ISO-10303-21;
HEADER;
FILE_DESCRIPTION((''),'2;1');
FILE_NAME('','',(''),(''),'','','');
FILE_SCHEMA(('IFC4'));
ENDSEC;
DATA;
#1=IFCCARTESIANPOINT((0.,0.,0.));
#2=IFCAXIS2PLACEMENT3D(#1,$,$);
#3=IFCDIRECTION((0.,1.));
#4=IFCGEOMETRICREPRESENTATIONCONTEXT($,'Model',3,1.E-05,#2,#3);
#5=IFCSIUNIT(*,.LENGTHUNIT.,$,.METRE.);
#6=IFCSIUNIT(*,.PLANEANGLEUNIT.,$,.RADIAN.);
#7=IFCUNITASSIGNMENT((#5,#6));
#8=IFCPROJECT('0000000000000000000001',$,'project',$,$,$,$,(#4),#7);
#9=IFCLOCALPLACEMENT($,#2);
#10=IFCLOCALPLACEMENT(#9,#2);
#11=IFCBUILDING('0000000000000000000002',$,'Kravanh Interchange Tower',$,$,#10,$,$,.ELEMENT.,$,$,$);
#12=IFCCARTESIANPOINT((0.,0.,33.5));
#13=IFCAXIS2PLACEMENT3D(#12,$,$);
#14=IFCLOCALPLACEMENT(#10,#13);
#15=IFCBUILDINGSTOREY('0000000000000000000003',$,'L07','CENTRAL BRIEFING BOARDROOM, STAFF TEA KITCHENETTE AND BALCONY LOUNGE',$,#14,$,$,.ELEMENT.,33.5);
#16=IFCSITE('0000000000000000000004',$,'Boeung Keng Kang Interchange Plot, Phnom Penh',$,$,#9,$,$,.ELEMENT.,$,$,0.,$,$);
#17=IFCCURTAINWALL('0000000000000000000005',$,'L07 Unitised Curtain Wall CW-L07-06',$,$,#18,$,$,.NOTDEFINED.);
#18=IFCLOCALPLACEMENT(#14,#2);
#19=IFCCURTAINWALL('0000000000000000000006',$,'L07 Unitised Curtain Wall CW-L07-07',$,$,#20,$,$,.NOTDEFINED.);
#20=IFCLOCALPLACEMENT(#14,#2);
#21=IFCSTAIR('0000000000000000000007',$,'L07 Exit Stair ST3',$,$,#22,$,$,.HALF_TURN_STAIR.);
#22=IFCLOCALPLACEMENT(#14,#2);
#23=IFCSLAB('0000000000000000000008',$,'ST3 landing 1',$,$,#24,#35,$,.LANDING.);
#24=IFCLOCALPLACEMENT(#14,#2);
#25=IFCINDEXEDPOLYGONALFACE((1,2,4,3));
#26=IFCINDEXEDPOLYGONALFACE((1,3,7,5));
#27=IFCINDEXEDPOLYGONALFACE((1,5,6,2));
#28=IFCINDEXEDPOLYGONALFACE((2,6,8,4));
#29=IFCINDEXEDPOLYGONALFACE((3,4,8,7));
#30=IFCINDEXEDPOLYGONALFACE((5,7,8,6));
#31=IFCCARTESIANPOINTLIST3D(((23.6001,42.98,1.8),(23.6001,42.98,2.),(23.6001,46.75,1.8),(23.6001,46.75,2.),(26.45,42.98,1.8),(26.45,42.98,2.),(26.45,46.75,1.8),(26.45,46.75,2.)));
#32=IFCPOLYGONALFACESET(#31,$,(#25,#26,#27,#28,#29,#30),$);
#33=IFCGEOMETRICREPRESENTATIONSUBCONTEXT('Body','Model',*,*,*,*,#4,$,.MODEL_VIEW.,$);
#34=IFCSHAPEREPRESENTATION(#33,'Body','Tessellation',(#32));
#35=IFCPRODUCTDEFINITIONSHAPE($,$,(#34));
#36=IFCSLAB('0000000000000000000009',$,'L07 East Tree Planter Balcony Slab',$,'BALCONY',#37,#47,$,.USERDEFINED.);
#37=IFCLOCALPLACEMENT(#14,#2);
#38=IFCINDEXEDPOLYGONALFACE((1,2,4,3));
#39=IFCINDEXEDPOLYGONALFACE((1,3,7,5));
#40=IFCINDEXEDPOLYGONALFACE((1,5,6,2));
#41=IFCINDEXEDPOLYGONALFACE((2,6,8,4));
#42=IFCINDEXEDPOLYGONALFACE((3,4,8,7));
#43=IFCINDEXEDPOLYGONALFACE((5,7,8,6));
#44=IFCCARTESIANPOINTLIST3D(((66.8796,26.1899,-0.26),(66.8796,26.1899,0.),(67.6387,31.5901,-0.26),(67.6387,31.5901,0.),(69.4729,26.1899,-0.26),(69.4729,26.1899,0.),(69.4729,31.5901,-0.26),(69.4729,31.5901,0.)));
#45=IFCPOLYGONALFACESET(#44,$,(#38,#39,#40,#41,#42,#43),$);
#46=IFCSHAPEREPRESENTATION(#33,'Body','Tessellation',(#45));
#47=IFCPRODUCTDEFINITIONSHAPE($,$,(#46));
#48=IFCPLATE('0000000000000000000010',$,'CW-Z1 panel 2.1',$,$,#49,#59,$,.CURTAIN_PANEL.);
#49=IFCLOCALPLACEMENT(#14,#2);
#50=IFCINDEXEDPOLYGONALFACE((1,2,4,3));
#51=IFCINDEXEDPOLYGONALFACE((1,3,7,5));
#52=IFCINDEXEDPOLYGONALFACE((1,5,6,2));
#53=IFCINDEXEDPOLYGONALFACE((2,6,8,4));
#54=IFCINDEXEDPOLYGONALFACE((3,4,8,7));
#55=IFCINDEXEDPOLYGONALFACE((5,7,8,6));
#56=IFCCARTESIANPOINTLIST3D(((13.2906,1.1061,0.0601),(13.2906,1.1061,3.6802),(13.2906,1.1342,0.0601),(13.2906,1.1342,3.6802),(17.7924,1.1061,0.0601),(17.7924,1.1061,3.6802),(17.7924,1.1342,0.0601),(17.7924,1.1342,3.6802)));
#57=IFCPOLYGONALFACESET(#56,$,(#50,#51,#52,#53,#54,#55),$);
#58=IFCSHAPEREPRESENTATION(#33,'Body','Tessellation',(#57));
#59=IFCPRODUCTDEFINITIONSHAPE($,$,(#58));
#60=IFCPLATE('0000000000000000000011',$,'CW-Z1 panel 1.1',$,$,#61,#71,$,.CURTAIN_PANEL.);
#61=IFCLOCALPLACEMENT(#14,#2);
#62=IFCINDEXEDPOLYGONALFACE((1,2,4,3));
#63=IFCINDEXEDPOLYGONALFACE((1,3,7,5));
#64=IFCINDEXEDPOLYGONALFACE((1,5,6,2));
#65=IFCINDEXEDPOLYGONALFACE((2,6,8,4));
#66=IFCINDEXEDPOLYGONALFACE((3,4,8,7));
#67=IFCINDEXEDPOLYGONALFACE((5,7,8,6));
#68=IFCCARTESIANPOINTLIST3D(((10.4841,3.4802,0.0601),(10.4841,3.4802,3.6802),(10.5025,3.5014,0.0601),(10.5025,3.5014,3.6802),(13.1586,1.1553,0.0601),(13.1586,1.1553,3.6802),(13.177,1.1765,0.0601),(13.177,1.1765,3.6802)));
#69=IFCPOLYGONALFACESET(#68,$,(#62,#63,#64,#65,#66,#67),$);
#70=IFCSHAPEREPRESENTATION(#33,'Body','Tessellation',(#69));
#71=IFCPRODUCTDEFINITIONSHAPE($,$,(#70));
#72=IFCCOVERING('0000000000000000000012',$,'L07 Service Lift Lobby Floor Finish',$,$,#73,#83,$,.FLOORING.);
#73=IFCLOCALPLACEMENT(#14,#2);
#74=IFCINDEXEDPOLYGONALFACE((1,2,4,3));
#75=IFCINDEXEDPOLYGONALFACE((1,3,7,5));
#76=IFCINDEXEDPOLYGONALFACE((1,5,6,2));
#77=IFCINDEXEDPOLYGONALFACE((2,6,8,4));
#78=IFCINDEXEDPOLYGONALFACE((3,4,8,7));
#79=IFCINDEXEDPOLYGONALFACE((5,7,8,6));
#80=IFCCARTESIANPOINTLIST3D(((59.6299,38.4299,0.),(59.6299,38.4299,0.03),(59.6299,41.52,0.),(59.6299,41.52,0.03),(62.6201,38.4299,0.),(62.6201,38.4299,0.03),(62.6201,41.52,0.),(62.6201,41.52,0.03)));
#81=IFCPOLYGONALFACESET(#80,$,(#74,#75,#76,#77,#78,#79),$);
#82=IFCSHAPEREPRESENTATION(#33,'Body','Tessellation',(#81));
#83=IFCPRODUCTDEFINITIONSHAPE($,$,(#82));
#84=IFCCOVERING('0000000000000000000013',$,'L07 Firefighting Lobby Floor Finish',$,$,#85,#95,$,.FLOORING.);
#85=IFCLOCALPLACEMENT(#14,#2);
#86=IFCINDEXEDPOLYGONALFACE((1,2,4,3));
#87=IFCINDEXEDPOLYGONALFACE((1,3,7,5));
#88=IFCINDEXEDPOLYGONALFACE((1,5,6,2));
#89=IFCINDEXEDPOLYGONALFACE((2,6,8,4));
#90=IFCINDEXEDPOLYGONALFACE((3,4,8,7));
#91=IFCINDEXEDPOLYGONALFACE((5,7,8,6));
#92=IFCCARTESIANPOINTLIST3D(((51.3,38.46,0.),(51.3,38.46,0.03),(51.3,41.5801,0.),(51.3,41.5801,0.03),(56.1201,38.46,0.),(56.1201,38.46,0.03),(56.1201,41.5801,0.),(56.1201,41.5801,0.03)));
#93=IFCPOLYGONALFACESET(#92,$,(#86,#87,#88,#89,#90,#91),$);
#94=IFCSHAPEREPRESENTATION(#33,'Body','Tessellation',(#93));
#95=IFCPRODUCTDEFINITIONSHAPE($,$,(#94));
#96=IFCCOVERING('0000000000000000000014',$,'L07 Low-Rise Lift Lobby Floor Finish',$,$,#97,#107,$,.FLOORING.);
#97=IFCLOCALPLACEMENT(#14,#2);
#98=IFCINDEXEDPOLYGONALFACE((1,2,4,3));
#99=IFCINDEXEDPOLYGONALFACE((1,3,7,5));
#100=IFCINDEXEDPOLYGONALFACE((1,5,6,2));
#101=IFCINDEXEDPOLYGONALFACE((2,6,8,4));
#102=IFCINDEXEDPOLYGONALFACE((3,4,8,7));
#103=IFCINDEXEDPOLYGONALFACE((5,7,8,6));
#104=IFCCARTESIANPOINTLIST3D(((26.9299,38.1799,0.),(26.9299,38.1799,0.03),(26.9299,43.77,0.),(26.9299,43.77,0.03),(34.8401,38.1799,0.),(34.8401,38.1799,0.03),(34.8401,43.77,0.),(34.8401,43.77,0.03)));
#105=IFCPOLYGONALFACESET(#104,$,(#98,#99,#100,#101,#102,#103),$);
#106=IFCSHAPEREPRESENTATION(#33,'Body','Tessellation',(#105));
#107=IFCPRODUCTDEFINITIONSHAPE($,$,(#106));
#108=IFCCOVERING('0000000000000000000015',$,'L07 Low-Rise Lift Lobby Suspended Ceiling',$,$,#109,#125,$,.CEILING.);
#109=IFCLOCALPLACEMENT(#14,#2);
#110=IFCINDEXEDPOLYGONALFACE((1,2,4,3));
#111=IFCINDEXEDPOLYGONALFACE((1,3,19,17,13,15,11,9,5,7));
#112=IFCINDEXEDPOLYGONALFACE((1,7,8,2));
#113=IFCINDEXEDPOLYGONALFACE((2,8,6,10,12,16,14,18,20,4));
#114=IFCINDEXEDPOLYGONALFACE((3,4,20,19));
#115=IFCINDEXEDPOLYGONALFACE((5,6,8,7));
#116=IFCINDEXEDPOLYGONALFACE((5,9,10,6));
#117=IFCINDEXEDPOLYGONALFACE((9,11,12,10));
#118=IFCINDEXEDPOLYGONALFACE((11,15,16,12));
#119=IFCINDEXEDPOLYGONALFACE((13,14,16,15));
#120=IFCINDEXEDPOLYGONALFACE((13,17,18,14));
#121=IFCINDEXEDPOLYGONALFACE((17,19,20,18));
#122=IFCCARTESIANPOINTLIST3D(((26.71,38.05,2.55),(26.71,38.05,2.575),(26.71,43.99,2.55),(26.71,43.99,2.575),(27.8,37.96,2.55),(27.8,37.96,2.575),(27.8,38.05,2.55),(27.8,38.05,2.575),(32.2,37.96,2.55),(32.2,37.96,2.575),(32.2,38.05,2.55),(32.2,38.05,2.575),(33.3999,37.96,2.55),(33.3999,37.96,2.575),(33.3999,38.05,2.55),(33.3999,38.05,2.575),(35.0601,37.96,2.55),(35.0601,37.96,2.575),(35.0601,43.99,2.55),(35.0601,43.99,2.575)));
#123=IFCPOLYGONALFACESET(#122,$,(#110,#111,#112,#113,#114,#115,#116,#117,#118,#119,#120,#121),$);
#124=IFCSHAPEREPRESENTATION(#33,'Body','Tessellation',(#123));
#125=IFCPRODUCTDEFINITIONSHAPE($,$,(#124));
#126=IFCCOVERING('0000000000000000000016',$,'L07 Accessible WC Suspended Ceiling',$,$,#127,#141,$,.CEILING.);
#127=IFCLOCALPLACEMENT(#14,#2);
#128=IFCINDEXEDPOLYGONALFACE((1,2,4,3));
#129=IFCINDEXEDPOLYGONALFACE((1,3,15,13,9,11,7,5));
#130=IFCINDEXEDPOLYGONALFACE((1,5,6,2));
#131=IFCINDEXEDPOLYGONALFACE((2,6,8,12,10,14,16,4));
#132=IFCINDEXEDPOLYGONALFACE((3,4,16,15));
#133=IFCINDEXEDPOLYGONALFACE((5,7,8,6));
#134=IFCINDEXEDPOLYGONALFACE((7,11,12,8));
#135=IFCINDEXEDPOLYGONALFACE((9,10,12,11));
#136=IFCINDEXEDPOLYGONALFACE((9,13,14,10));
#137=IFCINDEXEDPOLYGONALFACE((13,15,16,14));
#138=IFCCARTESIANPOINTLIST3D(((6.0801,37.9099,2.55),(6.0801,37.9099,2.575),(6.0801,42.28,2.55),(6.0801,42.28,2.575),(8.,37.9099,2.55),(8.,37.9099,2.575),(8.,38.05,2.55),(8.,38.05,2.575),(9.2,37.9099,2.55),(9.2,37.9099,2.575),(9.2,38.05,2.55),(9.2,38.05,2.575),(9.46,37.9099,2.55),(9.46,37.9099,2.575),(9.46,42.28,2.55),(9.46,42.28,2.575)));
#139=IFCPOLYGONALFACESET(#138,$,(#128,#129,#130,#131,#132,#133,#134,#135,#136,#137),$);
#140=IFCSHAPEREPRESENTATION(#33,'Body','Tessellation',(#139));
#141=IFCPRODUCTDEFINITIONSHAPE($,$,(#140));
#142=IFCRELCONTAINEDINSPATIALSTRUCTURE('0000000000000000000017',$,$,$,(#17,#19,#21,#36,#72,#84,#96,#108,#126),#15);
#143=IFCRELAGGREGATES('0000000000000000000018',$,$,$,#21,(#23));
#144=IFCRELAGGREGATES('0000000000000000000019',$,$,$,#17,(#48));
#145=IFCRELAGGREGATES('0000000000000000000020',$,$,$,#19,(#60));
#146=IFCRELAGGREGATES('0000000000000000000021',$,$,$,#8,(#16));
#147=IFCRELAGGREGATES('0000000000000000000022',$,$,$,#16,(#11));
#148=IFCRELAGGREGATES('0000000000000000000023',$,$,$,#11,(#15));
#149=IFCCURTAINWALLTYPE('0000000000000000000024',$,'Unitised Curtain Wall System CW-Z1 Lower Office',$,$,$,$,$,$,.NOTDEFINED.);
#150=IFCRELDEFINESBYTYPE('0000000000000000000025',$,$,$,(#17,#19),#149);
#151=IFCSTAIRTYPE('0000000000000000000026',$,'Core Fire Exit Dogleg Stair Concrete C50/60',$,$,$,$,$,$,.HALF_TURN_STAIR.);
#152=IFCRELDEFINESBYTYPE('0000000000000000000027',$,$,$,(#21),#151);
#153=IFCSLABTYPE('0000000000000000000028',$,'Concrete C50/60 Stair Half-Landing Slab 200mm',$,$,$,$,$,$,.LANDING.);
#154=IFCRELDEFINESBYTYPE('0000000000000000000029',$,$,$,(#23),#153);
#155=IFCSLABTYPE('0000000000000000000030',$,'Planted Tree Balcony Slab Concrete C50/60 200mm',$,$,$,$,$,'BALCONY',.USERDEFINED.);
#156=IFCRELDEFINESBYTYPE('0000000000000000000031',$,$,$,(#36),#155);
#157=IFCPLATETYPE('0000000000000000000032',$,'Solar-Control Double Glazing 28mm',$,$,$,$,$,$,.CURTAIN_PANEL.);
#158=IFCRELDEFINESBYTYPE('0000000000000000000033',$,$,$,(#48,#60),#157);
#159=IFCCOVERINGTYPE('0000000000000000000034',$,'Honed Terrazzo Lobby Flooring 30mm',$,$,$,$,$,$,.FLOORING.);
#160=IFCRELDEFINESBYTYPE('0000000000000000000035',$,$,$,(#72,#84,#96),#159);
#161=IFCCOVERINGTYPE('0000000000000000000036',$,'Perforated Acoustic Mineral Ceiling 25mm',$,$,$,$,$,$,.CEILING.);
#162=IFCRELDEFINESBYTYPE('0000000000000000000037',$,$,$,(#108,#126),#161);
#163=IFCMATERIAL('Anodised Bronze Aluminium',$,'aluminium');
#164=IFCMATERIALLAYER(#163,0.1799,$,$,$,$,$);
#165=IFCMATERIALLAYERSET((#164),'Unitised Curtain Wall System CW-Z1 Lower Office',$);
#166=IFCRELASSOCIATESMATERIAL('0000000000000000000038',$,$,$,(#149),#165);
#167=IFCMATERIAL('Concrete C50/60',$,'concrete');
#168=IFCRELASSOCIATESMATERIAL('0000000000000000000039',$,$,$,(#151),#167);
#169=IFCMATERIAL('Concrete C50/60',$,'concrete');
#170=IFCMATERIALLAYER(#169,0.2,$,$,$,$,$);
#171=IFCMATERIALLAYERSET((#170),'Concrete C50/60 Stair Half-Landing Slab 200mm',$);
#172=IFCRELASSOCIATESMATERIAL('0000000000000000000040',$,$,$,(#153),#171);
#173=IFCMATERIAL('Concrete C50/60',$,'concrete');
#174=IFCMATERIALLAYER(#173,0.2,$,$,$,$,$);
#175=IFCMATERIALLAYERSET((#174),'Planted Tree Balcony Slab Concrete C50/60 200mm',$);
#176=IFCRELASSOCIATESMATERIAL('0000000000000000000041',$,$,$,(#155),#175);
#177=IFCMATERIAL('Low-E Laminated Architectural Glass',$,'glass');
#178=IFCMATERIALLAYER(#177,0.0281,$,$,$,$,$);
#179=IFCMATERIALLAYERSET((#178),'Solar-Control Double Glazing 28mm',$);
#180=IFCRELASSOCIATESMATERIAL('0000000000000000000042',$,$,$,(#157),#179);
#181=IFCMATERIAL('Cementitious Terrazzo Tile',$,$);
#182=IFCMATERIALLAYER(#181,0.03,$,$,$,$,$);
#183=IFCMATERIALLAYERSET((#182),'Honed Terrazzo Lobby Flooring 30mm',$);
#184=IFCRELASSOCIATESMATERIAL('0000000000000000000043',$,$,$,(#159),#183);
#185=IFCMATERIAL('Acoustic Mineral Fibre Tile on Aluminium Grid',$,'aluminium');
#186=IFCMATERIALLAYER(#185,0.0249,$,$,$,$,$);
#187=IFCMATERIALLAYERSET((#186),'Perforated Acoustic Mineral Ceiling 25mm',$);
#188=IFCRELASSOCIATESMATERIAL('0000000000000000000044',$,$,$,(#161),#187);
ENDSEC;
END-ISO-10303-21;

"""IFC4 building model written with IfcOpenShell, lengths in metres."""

from ifc_helpers import new_model, si_unit, direction, frame, origin, origin_2d, place, context, subcontext, project, spatial, polyline, rectangle, outline, extrude, material, layer, layer_set, type_object, element, aggregate, save


model = new_model("IFC4")

# Units and contexts
model_context = context("Model", 3, precision=1e-05, world=origin(), true_north=direction((0.0, 1.0)))
body_context = subcontext(model_context, "Body", "Model", "MODEL_VIEW")
ifc_project = project(units=[si_unit("LENGTHUNIT", "METRE"), si_unit("PLANEANGLEUNIT", "RADIAN")], contexts=[model_context])

# Site, building, storey
site_placement = place(None, origin())
site = spatial("IfcSite", under=ifc_project, at=site_placement, Name="Boeung Keng Kang Interchange Plot, Phnom Penh", CompositionType="ELEMENT", RefElevation=0.0)
building_placement = place(site_placement, origin())
building = spatial("IfcBuilding", under=site, at=building_placement, Name="Kravanh Interchange Tower", CompositionType="ELEMENT")
storey_placement = place(building_placement, frame((0.0, 0.0, 33.5)))
storey = spatial("IfcBuildingStorey", under=building, at=storey_placement, Name="L07", Description="CENTRAL BRIEFING BOARDROOM, STAFF TEA KITCHENETTE AND BALCONY LOUNGE", CompositionType="ELEMENT", Elevation=33.5)

# Curtain wall
ifc_material_1 = material(Name="Anodised Bronze Aluminium", Category="aluminium")
ifc_layer_1 = layer(ifc_material_1, 0.1799)
ifc_layer_set_1 = layer_set([ifc_layer_1], Name="Unitised Curtain Wall System CW-Z1 Lower Office")
curtain_wall_type = type_object("IfcCurtainWallType", Name="Unitised Curtain Wall System CW-Z1 Lower Office", PredefinedType="NOTDEFINED", material=ifc_layer_set_1)
curtain_wall_1_placement = place(storey_placement, origin())
curtain_wall_1 = element("IfcCurtainWall", 1, at=curtain_wall_1_placement, inside=storey, type_object=curtain_wall_type, Name="L07 Unitised Curtain Wall CW-L07-06", PredefinedType="NOTDEFINED")

# Curtain wall
curtain_wall_2_placement = place(storey_placement, origin())
curtain_wall_2 = element("IfcCurtainWall", 2, at=curtain_wall_2_placement, inside=storey, type_object=curtain_wall_type, Name="L07 Unitised Curtain Wall CW-L07-07", PredefinedType="NOTDEFINED")

# Stair, slab
ifc_material_2 = material(Name="Concrete C50/60", Category="concrete")
stair_type = type_object("IfcStairType", Name="Core Fire Exit Dogleg Stair Concrete C50/60", PredefinedType="HALF_TURN_STAIR", material=ifc_material_2)
ifc_material_3 = material(Name="Concrete C50/60", Category="concrete")
ifc_layer_2 = layer(ifc_material_3, 0.2)
ifc_layer_set_2 = layer_set([ifc_layer_2], Name="Concrete C50/60 Stair Half-Landing Slab 200mm")
slab_type_1 = type_object("IfcSlabType", Name="Concrete C50/60 Stair Half-Landing Slab 200mm", PredefinedType="LANDING", material=ifc_layer_set_2)
stair_1_placement = place(storey_placement, origin())
stair_1 = element("IfcStair", 3, at=stair_1_placement, inside=storey, type_object=stair_type, Name="L07 Exit Stair ST3", PredefinedType="HALF_TURN_STAIR")
slab_1_placement = place(storey_placement, frame((0.0, 0.0, 1.8)))
slab_1 = element("IfcSlab", 4, at=slab_1_placement, type_object=slab_type_1, Name="ST3 landing 1", PredefinedType="LANDING", context=body_context, shape_type="SweptSolid", body=[
    extrude(outline(polyline([(26.45, 42.98), (26.45, 46.75), (23.6001, 46.75), (23.6001, 42.98), (26.45, 42.98)])), origin(), (0.0, 0.0, 1.0), 0.2),
])
aggregate(stair_1, [slab_1])

# Slab
ifc_material_4 = material(Name="Concrete C50/60", Category="concrete")
ifc_layer_3 = layer(ifc_material_4, 0.2)
ifc_layer_set_3 = layer_set([ifc_layer_3], Name="Planted Tree Balcony Slab Concrete C50/60 200mm")
slab_type_2 = type_object("IfcSlabType", Name="Planted Tree Balcony Slab Concrete C50/60 200mm", ElementType="BALCONY", PredefinedType="USERDEFINED", material=ifc_layer_set_3)
slab_2_placement = place(storey_placement, frame((0.0, 0.0, -0.26)))
element("IfcSlab", 5, at=slab_2_placement, inside=storey, type_object=slab_type_2, Name="L07 East Tree Planter Balcony Slab", ObjectType="BALCONY", PredefinedType="USERDEFINED", context=body_context, shape_type="SweptSolid", body=[
    extrude(outline(polyline([(69.4729, 31.5901), (69.4729, 26.1899), (66.8796, 26.1899), (67.6387, 31.5901), (69.4729, 31.5901)])), origin(), (0.0, 0.0, 1.0), 0.26),
])

# Plates
ifc_material_5 = material(Name="Low-E Laminated Architectural Glass", Category="glass")
ifc_layer_4 = layer(ifc_material_5, 0.0281)
ifc_layer_set_4 = layer_set([ifc_layer_4], Name="Solar-Control Double Glazing 28mm")
plate_type = type_object("IfcPlateType", Name="Solar-Control Double Glazing 28mm", PredefinedType="CURTAIN_PANEL", material=ifc_layer_set_4)
plate_1_placement = place(storey_placement, frame((15.5415, 1.1201, 0.0601), z_axis=(0.0, 0.0, 1.0), x_axis=(-1.0, 0.0, 0.0)))
plate_1 = element("IfcPlate", 6, at=plate_1_placement, type_object=plate_type, Name="CW-Z1 panel 2.1", PredefinedType="CURTAIN_PANEL", context=body_context, shape_type="SweptSolid", body=[
    extrude(rectangle(XDim=4.5017, YDim=0.0281, at=origin_2d()), origin(), (0.0, 0.0, 1.0), 3.6201),
])
aggregate(curtain_wall_1, [plate_1])
plate_2_placement = place(storey_placement, frame((11.8306, 2.3284, 0.0601), z_axis=(0.0, 0.0, 1.0), x_axis=(-0.754708, 0.65606, 0.0)))
plate_2 = element("IfcPlate", 7, at=plate_2_placement, type_object=plate_type, Name="CW-Z1 panel 1.1", PredefinedType="CURTAIN_PANEL", context=body_context, shape_type="SweptSolid", body=[
    extrude(rectangle(XDim=3.5437, YDim=0.0281, at=origin_2d()), origin(), (0.0, 0.0, 1.0), 3.6201),
])
aggregate(curtain_wall_2, [plate_2])

# Coverings
ifc_material_6 = material(Name="Cementitious Terrazzo Tile")
ifc_layer_5 = layer(ifc_material_6, 0.03)
ifc_layer_set_5 = layer_set([ifc_layer_5], Name="Honed Terrazzo Lobby Flooring 30mm")
covering_type_1 = type_object("IfcCoveringType", Name="Honed Terrazzo Lobby Flooring 30mm", PredefinedType="FLOORING", material=ifc_layer_set_5)
covering_1_placement = place(storey_placement, origin())
element("IfcCovering", 8, at=covering_1_placement, inside=storey, type_object=covering_type_1, Name="L07 Service Lift Lobby Floor Finish", PredefinedType="FLOORING", context=body_context, shape_type="SweptSolid", body=[
    extrude(outline(polyline([(59.6299, 41.52), (62.6201, 41.52), (62.6201, 38.4299), (59.6299, 38.4299), (59.6299, 41.52)])), origin(), (0.0, 0.0, 1.0), 0.03),
])
covering_2_placement = place(storey_placement, origin())
element("IfcCovering", 9, at=covering_2_placement, inside=storey, type_object=covering_type_1, Name="L07 Firefighting Lobby Floor Finish", PredefinedType="FLOORING", context=body_context, shape_type="SweptSolid", body=[
    extrude(outline(polyline([(56.1201, 38.46), (51.3, 38.46), (51.3, 41.5801), (56.1201, 41.5801), (56.1201, 38.46)])), origin(), (0.0, 0.0, 1.0), 0.03),
])
covering_3_placement = place(storey_placement, origin())
element("IfcCovering", 10, at=covering_3_placement, inside=storey, type_object=covering_type_1, Name="L07 Low-Rise Lift Lobby Floor Finish", PredefinedType="FLOORING", context=body_context, shape_type="SweptSolid", body=[
    extrude(outline(polyline([(26.9299, 43.77), (34.8401, 43.77), (34.8401, 38.1799), (26.9299, 38.1799), (26.9299, 43.77)])), origin(), (0.0, 0.0, 1.0), 0.03),
])
ifc_material_7 = material(Name="Acoustic Mineral Fibre Tile on Aluminium Grid", Category="aluminium")
ifc_layer_6 = layer(ifc_material_7, 0.0249)
ifc_layer_set_6 = layer_set([ifc_layer_6], Name="Perforated Acoustic Mineral Ceiling 25mm")
covering_type_2 = type_object("IfcCoveringType", Name="Perforated Acoustic Mineral Ceiling 25mm", PredefinedType="CEILING", material=ifc_layer_set_6)
covering_4_placement = place(storey_placement, frame((0.0, 0.0, 2.55)))
element("IfcCovering", 11, at=covering_4_placement, inside=storey, type_object=covering_type_2, Name="L07 Low-Rise Lift Lobby Suspended Ceiling", PredefinedType="CEILING", context=body_context, shape_type="SweptSolid", body=[
    extrude(outline(polyline([(35.0601, 37.96), (33.3999, 37.96), (33.3999, 38.05), (32.2, 38.05), (32.2, 37.96), (27.8, 37.96), (27.8, 38.05), (26.71, 38.05), (26.71, 43.99), (35.0601, 43.99), (35.0601, 37.96)])), origin(), (0.0, 0.0, 1.0), 0.0249),
])
covering_5_placement = place(storey_placement, frame((0.0, 0.0, 2.55)))
element("IfcCovering", 12, at=covering_5_placement, inside=storey, type_object=covering_type_2, Name="L07 Accessible WC Suspended Ceiling", PredefinedType="CEILING", context=body_context, shape_type="SweptSolid", body=[
    extrude(outline(polyline([(9.46, 42.28), (9.46, 37.9099), (9.2, 37.9099), (9.2, 38.05), (8.0, 38.05), (8.0, 37.9099), (6.0801, 37.9099), (6.0801, 42.28), (9.46, 42.28)])), origin(), (0.0, 0.0, 1.0), 0.0249),
])

save(model, "model.ifc")
